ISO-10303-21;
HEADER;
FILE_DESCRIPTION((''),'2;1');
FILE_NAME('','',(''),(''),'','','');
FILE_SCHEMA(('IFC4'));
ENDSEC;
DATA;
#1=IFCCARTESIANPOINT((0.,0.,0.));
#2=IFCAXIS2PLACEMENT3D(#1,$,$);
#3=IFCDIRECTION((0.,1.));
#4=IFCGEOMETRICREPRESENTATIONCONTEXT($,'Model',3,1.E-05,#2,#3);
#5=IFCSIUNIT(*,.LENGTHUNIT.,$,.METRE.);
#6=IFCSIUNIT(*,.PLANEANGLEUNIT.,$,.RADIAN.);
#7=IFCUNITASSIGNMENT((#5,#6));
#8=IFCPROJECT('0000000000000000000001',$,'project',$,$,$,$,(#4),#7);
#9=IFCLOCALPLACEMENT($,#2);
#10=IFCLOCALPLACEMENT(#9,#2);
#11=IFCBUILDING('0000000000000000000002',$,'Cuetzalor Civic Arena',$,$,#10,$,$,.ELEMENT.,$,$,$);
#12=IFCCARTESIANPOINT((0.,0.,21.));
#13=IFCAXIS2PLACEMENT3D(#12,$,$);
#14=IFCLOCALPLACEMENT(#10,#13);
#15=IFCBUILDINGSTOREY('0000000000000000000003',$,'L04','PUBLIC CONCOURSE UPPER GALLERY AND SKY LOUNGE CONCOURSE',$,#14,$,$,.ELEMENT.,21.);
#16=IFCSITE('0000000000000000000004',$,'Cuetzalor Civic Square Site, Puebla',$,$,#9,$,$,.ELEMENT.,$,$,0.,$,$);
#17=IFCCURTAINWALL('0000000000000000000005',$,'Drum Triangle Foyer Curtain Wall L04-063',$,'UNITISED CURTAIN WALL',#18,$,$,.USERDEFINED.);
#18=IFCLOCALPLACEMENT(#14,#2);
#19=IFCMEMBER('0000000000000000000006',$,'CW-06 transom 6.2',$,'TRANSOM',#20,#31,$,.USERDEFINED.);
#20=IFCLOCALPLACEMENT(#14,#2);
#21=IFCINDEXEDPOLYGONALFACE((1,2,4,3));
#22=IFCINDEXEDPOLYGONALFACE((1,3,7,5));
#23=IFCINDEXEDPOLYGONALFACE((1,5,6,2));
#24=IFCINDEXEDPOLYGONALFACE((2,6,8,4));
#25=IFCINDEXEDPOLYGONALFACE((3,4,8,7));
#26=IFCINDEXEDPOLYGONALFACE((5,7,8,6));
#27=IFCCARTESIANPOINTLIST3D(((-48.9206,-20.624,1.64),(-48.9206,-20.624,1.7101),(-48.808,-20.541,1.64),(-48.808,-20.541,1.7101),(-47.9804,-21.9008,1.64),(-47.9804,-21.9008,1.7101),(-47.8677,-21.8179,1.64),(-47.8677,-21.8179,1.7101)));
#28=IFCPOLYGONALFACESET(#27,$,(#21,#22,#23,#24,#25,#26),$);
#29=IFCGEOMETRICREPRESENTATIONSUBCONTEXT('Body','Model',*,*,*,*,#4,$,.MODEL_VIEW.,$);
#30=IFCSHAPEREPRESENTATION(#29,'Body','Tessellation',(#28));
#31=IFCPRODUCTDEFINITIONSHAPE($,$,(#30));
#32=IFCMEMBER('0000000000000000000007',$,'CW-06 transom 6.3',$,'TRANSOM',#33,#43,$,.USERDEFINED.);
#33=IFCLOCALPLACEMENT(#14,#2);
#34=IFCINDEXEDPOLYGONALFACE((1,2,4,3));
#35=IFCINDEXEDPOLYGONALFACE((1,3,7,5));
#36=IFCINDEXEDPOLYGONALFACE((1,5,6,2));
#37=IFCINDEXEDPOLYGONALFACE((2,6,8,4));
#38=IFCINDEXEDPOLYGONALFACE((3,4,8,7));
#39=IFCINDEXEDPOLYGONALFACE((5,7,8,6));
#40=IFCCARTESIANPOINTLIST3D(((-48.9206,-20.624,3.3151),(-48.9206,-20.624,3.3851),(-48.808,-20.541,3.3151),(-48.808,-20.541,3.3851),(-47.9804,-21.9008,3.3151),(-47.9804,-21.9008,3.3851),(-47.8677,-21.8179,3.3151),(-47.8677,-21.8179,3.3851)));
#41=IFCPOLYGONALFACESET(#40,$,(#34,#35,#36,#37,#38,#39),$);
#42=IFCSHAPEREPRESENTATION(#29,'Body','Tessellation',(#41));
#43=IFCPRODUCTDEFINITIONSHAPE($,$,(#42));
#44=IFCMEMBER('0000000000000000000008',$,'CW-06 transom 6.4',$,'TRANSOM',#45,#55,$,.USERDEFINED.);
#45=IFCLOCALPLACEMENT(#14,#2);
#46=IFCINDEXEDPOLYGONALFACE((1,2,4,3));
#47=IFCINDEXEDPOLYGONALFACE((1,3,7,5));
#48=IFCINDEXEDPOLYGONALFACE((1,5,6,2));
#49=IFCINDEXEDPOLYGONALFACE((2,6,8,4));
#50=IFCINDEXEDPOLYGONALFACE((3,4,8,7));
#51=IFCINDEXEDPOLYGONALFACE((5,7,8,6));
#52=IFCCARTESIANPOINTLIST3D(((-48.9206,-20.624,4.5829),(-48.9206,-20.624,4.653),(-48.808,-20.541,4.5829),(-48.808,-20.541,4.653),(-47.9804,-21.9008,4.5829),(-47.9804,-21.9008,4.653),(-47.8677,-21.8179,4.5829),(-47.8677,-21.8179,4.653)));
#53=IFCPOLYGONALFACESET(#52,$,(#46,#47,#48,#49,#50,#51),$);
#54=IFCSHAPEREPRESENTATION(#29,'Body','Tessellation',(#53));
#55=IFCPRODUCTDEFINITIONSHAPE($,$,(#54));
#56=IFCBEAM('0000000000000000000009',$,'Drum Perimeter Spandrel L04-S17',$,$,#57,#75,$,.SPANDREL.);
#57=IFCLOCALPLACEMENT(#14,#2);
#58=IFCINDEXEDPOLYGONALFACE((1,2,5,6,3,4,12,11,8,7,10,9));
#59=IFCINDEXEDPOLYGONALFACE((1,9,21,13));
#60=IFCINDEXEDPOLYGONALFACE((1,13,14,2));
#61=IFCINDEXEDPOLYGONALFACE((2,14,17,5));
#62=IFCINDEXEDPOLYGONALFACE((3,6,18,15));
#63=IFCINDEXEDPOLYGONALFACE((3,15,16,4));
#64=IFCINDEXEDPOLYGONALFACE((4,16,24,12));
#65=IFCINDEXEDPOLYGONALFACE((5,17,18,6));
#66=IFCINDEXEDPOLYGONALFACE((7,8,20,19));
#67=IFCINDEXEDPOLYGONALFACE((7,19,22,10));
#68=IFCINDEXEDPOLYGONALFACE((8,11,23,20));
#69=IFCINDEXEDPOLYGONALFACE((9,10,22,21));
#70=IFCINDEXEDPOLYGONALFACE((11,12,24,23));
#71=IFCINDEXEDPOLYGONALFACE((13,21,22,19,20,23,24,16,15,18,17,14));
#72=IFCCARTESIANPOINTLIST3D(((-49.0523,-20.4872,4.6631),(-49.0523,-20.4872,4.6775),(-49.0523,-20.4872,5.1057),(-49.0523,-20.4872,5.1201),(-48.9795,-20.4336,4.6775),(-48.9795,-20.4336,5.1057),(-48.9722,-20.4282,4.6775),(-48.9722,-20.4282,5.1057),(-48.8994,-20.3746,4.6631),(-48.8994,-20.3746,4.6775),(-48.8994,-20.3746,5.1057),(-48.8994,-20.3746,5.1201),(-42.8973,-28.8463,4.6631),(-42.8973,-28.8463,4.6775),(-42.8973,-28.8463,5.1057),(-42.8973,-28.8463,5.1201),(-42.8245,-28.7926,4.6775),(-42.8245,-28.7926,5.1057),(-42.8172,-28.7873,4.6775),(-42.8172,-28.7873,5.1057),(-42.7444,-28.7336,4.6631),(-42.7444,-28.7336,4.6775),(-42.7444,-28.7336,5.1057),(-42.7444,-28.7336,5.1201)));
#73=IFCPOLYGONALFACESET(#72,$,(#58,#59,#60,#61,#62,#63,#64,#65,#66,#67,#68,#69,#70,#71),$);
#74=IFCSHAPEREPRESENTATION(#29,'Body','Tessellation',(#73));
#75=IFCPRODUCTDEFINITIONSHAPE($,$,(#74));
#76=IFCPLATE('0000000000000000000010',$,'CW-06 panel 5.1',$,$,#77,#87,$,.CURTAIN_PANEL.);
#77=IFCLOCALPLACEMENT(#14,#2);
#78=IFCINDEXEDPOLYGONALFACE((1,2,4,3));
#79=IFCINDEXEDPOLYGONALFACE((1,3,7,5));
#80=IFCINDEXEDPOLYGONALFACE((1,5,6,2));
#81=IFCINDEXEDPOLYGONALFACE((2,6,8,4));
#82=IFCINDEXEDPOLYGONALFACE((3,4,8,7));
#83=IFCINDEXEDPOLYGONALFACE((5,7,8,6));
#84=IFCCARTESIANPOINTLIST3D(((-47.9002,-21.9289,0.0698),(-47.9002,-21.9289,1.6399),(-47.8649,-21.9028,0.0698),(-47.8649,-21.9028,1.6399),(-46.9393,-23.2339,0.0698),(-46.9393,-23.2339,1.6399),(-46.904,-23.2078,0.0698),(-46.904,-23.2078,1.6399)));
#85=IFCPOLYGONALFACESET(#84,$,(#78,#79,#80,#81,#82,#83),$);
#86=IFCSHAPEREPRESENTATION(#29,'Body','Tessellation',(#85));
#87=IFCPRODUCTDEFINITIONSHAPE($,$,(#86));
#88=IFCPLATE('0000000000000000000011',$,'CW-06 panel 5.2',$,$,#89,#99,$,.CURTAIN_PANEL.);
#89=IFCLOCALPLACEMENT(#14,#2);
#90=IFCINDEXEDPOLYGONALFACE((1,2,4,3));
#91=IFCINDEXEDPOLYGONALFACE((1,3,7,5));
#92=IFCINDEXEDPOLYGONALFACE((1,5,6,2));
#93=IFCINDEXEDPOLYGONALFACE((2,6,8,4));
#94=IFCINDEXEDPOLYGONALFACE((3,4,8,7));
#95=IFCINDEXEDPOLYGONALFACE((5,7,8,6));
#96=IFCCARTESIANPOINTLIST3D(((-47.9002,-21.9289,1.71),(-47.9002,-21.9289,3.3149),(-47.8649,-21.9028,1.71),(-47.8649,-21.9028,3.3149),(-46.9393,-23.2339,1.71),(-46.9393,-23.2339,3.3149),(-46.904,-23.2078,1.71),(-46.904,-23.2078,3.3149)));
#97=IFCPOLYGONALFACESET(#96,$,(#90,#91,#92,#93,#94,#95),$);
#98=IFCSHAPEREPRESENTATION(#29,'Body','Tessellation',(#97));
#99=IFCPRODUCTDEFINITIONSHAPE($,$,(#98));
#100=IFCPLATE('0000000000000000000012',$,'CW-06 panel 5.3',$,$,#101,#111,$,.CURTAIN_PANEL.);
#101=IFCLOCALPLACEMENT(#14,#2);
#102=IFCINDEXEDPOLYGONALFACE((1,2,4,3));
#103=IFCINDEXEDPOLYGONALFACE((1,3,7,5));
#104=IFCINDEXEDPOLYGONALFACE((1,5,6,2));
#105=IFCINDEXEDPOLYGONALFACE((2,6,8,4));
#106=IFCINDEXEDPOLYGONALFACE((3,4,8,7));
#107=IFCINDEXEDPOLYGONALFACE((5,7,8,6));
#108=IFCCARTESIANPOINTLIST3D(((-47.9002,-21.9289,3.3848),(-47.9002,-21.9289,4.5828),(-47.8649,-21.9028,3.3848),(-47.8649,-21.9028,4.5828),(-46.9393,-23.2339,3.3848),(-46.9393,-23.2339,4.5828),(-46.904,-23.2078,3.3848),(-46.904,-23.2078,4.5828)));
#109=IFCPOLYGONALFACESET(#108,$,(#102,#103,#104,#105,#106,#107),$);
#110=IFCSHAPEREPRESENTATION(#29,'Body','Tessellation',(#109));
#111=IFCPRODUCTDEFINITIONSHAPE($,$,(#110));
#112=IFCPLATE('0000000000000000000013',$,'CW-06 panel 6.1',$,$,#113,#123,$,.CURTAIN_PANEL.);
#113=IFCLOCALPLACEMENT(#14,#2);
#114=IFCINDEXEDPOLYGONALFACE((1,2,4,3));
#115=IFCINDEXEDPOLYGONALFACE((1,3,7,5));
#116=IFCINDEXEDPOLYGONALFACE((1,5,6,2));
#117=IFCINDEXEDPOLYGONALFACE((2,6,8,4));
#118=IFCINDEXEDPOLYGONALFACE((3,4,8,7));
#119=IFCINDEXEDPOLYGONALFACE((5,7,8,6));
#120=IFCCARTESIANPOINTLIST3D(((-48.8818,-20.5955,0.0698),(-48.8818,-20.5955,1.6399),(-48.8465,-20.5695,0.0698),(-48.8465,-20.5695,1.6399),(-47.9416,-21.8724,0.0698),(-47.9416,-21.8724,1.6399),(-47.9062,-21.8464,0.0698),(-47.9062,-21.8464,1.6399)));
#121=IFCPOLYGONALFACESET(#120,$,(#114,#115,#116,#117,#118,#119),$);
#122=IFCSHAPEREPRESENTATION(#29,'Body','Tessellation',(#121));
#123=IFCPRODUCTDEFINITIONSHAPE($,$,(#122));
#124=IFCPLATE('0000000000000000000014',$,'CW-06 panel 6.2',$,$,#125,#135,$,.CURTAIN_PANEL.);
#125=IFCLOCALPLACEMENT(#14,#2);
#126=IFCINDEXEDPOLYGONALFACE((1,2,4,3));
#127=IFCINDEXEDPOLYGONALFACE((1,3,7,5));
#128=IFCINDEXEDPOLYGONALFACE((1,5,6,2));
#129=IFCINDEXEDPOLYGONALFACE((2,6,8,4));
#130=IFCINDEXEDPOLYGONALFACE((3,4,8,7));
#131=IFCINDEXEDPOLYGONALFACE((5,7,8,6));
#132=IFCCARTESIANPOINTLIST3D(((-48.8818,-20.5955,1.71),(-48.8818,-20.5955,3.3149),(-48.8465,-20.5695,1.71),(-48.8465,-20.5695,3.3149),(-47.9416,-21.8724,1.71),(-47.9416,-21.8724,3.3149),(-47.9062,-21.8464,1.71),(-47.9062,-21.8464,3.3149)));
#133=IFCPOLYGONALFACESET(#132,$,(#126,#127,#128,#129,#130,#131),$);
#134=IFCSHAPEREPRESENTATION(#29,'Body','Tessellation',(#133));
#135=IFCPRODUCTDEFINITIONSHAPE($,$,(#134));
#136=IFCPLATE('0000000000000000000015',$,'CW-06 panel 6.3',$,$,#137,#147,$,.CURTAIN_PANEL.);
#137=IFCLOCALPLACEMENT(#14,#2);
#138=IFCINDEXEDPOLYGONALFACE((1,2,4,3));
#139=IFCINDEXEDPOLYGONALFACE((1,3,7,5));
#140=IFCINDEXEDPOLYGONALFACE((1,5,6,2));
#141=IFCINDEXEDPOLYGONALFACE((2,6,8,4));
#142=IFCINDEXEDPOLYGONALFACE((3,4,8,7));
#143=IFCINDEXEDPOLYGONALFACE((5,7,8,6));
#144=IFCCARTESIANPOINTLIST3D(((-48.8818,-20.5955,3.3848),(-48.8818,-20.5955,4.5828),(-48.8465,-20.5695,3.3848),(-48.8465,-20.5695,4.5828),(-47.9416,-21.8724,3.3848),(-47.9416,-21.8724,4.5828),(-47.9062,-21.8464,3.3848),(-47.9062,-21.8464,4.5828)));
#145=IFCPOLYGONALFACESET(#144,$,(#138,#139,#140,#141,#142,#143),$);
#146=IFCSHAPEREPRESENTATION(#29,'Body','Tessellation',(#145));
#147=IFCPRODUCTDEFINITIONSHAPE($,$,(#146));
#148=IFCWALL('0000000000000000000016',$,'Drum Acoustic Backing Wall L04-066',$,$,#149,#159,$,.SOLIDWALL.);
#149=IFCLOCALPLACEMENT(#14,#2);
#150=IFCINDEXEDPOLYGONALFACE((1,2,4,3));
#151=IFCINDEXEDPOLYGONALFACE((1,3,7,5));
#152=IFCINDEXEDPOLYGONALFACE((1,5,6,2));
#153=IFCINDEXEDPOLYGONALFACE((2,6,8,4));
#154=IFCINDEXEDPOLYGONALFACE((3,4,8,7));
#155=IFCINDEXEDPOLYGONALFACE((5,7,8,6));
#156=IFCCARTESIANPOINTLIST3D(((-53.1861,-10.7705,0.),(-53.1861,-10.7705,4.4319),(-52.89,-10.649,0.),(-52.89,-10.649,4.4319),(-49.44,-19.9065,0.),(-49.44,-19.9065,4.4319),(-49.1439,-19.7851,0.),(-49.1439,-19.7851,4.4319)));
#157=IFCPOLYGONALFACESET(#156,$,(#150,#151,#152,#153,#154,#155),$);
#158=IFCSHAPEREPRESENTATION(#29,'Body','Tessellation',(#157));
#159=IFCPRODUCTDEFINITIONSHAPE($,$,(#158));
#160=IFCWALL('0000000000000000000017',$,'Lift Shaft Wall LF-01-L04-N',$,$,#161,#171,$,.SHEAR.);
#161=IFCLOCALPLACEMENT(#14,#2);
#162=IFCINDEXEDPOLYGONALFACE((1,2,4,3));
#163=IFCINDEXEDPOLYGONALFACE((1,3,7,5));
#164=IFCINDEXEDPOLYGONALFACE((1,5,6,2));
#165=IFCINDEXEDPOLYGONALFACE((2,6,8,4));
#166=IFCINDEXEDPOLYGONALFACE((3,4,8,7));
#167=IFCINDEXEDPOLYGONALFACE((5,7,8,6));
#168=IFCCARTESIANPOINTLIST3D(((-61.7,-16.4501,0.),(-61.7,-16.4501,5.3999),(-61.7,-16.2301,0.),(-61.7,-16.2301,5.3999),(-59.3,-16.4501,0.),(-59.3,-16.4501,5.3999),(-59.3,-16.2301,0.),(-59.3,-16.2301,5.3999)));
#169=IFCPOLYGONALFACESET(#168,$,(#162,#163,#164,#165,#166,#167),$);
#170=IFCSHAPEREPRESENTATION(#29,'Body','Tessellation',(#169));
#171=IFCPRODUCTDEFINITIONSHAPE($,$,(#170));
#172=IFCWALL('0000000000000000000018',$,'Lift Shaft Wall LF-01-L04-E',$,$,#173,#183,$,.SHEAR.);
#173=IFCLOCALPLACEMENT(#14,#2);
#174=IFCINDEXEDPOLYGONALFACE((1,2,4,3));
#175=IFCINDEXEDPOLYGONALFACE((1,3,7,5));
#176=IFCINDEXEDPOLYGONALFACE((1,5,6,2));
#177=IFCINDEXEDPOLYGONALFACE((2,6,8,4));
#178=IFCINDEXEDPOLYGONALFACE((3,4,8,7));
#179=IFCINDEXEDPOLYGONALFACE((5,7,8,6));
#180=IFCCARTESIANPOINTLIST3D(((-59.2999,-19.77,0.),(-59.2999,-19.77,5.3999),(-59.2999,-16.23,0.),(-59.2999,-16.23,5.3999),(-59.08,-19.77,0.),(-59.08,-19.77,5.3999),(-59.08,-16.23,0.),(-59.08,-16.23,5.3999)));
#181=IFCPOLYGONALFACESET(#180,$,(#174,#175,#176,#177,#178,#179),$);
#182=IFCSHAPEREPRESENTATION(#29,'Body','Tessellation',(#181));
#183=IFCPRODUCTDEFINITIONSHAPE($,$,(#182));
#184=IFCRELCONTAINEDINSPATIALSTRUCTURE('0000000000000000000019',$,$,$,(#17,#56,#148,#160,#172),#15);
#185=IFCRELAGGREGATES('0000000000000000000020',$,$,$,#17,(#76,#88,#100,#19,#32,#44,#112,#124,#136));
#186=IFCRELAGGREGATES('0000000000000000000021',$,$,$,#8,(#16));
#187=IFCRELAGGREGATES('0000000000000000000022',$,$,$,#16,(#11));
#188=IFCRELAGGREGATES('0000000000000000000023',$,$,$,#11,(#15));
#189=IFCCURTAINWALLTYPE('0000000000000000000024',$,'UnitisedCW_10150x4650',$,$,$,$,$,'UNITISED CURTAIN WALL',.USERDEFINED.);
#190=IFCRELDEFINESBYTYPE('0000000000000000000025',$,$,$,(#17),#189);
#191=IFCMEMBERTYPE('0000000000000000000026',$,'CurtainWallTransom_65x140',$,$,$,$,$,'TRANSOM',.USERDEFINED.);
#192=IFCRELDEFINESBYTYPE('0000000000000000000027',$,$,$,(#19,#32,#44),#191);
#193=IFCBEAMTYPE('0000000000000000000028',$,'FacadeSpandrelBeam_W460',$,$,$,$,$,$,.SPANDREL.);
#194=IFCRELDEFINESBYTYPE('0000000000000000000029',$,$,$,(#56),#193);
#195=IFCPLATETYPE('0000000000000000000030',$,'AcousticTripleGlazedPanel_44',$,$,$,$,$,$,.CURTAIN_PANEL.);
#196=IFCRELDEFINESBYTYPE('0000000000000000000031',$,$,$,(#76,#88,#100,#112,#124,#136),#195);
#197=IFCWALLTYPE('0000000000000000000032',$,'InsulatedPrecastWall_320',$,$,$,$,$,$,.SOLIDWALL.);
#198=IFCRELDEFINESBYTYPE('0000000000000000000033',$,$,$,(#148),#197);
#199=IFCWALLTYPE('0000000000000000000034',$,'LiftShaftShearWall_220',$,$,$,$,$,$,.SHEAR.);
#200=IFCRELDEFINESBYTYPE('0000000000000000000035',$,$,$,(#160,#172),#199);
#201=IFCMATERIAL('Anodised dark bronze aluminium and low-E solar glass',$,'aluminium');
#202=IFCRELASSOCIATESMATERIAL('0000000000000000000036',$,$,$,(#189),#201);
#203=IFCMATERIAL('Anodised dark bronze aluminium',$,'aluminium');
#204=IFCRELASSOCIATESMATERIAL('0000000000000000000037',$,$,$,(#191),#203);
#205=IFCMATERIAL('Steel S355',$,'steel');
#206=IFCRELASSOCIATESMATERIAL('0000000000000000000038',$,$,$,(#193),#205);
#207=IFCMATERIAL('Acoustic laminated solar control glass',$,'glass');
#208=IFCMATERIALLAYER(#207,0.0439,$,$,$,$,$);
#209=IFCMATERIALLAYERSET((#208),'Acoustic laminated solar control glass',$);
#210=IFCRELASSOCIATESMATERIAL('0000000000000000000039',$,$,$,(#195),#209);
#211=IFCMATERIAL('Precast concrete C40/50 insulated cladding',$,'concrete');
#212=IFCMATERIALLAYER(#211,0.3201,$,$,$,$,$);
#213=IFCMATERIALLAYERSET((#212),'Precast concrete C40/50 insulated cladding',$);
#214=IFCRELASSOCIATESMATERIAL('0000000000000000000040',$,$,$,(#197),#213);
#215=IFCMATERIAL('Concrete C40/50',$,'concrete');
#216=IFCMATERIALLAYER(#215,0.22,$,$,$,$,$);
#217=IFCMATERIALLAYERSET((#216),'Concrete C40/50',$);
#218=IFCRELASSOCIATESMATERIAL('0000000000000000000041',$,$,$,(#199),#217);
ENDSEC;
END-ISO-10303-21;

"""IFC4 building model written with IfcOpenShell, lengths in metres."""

from ifc_helpers import new_model, si_unit, direction, frame, frame_2d, origin, origin_2d, place, context, subcontext, project, spatial, rectangle, i_section, extrude, material, layer, layer_set, material_profile, profile_set, type_object, element, aggregate, save


model = new_model("IFC4")

# Units and contexts
model_context = context("Model", 3, precision=1e-05, world=origin(), true_north=direction((0.0, 1.0)))
body_context = subcontext(model_context, "Body", "Model", "MODEL_VIEW")
ifc_project = project(units=[si_unit("LENGTHUNIT", "METRE"), si_unit("PLANEANGLEUNIT", "RADIAN")], contexts=[model_context])

# Site, building, storey
site_placement = place(None, origin())
site = spatial("IfcSite", under=ifc_project, at=site_placement, Name="Cuetzalor Civic Square Site, Puebla", CompositionType="ELEMENT", RefElevation=0.0)
building_placement = place(site_placement, origin())
building = spatial("IfcBuilding", under=site, at=building_placement, Name="Cuetzalor Civic Arena", CompositionType="ELEMENT")
storey_placement = place(building_placement, frame((0.0, 0.0, 21.0)))
storey = spatial("IfcBuildingStorey", under=building, at=storey_placement, Name="L04", Description="PUBLIC CONCOURSE UPPER GALLERY AND SKY LOUNGE CONCOURSE", CompositionType="ELEMENT", Elevation=21.0)

# Curtain wall, members
ifc_material_1 = material(Name="Anodised dark bronze aluminium and low-E solar glass", Category="aluminium")
curtain_wall_type = type_object("IfcCurtainWallType", Name="UnitisedCW_10150x4650", ElementType="UNITISED CURTAIN WALL", PredefinedType="USERDEFINED", material=ifc_material_1)
curtain_wall_placement = place(storey_placement, origin())
curtain_wall = element("IfcCurtainWall", 1, at=curtain_wall_placement, inside=storey, type_object=curtain_wall_type, Name="Drum Triangle Foyer Curtain Wall L04-063", ObjectType="UNITISED CURTAIN WALL", PredefinedType="USERDEFINED")
ifc_material_2 = material(Name="Anodised dark bronze aluminium", Category="aluminium")
ifc_material_profile_1 = material_profile(ifc_material_2, rectangle(XDim=0.1399, YDim=0.0701, at=origin_2d()), Name="ALU TRANSOM 70x140")
ifc_profile_set_1 = profile_set([ifc_material_profile_1], Name="Anodised dark bronze aluminium")
member_type_1 = type_object("IfcMemberType", Name="CurtainWallTransom_65x140", ElementType="TRANSOM", PredefinedType="USERDEFINED", material=ifc_profile_set_1)
member_1_placement = place(storey_placement, frame((-47.9241, -21.8594, 1.675), z_axis=(-0.592931, 0.805253, 0.0), x_axis=(-0.805253, -0.592931, 0.0)))
member_1 = element("IfcMember", 2, at=member_1_placement, type_object=member_type_1, Name="CW-06 transom 6.2", ObjectType="TRANSOM", PredefinedType="USERDEFINED", context=body_context, shape_type="SweptSolid", body=[
    extrude(rectangle(XDim=0.1399, YDim=0.0701, at=origin_2d()), origin(), (0.0, 0.0, 1.0), 1.5857),
])
member_2_placement = place(storey_placement, frame((-47.9241, -21.8594, 3.3501), z_axis=(-0.592931, 0.805253, 0.0), x_axis=(-0.805253, -0.592931, 0.0)))
member_2 = element("IfcMember", 3, at=member_2_placement, type_object=member_type_1, Name="CW-06 transom 6.3", ObjectType="TRANSOM", PredefinedType="USERDEFINED", context=body_context, shape_type="SweptSolid", body=[
    extrude(rectangle(XDim=0.1399, YDim=0.0701, at=origin_2d()), origin(), (0.0, 0.0, 1.0), 1.5857),
])
member_3_placement = place(storey_placement, frame((-47.9241, -21.8594, 4.6179), z_axis=(-0.592931, 0.805253, 0.0), x_axis=(-0.805253, -0.592931, 0.0)))
member_3 = element("IfcMember", 4, at=member_3_placement, type_object=member_type_1, Name="CW-06 transom 6.4", ObjectType="TRANSOM", PredefinedType="USERDEFINED", context=body_context, shape_type="SweptSolid", body=[
    extrude(rectangle(XDim=0.1399, YDim=0.0701, at=origin_2d()), origin(), (0.0, 0.0, 1.0), 1.5857),
])

# Beam
ifc_material_3 = material(Name="Steel S355", Category="steel")
ifc_material_profile_2 = material_profile(ifc_material_3, i_section(OverallWidth=0.1899, OverallDepth=0.457, WebThickness=0.009, FlangeThickness=0.0144, at=origin_2d()), Name="W460x74")
ifc_profile_set_2 = profile_set([ifc_material_profile_2], Name="Steel S355")
beam_type_1 = type_object("IfcBeamType", Name="FacadeSpandrelBeam_W460", PredefinedType="SPANDREL", material=ifc_profile_set_2)
beam_1_placement = place(storey_placement, frame((-48.9758, -20.4309, 4.8916), z_axis=(0.592929, -0.805255, 0.0), x_axis=(0.805255, 0.592929, 0.0)))
element("IfcBeam", 5, at=beam_1_placement, inside=storey, type_object=beam_type_1, Name="Drum Perimeter Spandrel L04-S17", PredefinedType="SPANDREL", context=body_context, shape_type="SweptSolid", body=[
    extrude(i_section(OverallWidth=0.1899, OverallDepth=0.457, WebThickness=0.009, FlangeThickness=0.0144, at=origin_2d()), origin(), (0.0, 0.0, 1.0), 10.3806),
])

# Plates
ifc_material_4 = material(Name="Acoustic laminated solar control glass", Category="glass")
ifc_layer_1 = layer(ifc_material_4, 0.0439)
ifc_layer_set_1 = layer_set([ifc_layer_1], Name="Acoustic laminated solar control glass")
plate_type = type_object("IfcPlateType", Name="AcousticTripleGlazedPanel_44", PredefinedType="CURTAIN_PANEL", material=ifc_layer_set_1)
plate_1_placement = place(storey_placement, frame((-47.4021, -22.5684, 0.0698), z_axis=(0.0, 0.0, 1.0), x_axis=(-0.592929, 0.805255, 0.0)))
plate_1 = element("IfcPlate", 6, at=plate_1_placement, type_object=plate_type, Name="CW-06 panel 5.1", PredefinedType="CURTAIN_PANEL", context=body_context, shape_type="SweptSolid", body=[
    extrude(rectangle(XDim=1.6206, YDim=0.0439, at=origin_2d()), origin(), (0.0, 0.0, 1.0), 1.5701),
])
plate_2_placement = place(storey_placement, frame((-47.4021, -22.5684, 1.71), z_axis=(0.0, 0.0, 1.0), x_axis=(-0.592929, 0.805255, 0.0)))
plate_2 = element("IfcPlate", 7, at=plate_2_placement, type_object=plate_type, Name="CW-06 panel 5.2", PredefinedType="CURTAIN_PANEL", context=body_context, shape_type="SweptSolid", body=[
    extrude(rectangle(XDim=1.6206, YDim=0.0439, at=origin_2d()), origin(), (0.0, 0.0, 1.0), 1.605),
])
plate_3_placement = place(storey_placement, frame((-47.4021, -22.5684, 3.3848), z_axis=(0.0, 0.0, 1.0), x_axis=(-0.592929, 0.805255, 0.0)))
plate_3 = element("IfcPlate", 8, at=plate_3_placement, type_object=plate_type, Name="CW-06 panel 5.3", PredefinedType="CURTAIN_PANEL", context=body_context, shape_type="SweptSolid", body=[
    extrude(rectangle(XDim=1.6206, YDim=0.0439, at=origin_2d()), origin(), (0.0, 0.0, 1.0), 1.198),
])
plate_4_placement = place(storey_placement, frame((-48.394, -21.2209, 0.0698), z_axis=(0.0, 0.0, 1.0), x_axis=(-0.592929, 0.805255, 0.0)))
plate_4 = element("IfcPlate", 9, at=plate_4_placement, type_object=plate_type, Name="CW-06 panel 6.1", PredefinedType="CURTAIN_PANEL", context=body_context, shape_type="SweptSolid", body=[
    extrude(rectangle(XDim=1.5857, YDim=0.0439, at=origin_2d()), origin(), (0.0, 0.0, 1.0), 1.5701),
])
plate_5_placement = place(storey_placement, frame((-48.394, -21.2209, 1.71), z_axis=(0.0, 0.0, 1.0), x_axis=(-0.592929, 0.805255, 0.0)))
plate_5 = element("IfcPlate", 10, at=plate_5_placement, type_object=plate_type, Name="CW-06 panel 6.2", PredefinedType="CURTAIN_PANEL", context=body_context, shape_type="SweptSolid", body=[
    extrude(rectangle(XDim=1.5857, YDim=0.0439, at=origin_2d()), origin(), (0.0, 0.0, 1.0), 1.605),
])
plate_6_placement = place(storey_placement, frame((-48.394, -21.2209, 3.3848), z_axis=(0.0, 0.0, 1.0), x_axis=(-0.592929, 0.805255, 0.0)))
plate_6 = element("IfcPlate", 11, at=plate_6_placement, type_object=plate_type, Name="CW-06 panel 6.3", PredefinedType="CURTAIN_PANEL", context=body_context, shape_type="SweptSolid", body=[
    extrude(rectangle(XDim=1.5857, YDim=0.0439, at=origin_2d()), origin(), (0.0, 0.0, 1.0), 1.198),
])
aggregate(curtain_wall, [plate_1, plate_2, plate_3, member_1, member_2, member_3, plate_4, plate_5, plate_6])

# Walls
ifc_material_5 = material(Name="Precast concrete C40/50 insulated cladding", Category="concrete")
ifc_layer_2 = layer(ifc_material_5, 0.3201)
ifc_layer_set_2 = layer_set([ifc_layer_2], Name="Precast concrete C40/50 insulated cladding")
wall_type_1 = type_object("IfcWallType", Name="InsulatedPrecastWall_320", PredefinedType="SOLIDWALL", material=ifc_layer_set_2)
wall_1_placement = place(storey_placement, frame((-49.292, -19.8457, 0.0), z_axis=(0.0, 0.0, 1.0), x_axis=(-0.379383, 0.92524, 0.0)))
element("IfcWall", 12, at=wall_1_placement, inside=storey, type_object=wall_type_1, Name="Drum Acoustic Backing Wall L04-066", PredefinedType="SOLIDWALL", context=body_context, shape_type="SweptSolid", body=[
    extrude(rectangle(XDim=9.8743, YDim=0.3201, at=frame_2d((4.937, 0.0))), origin(), (0.0, 0.0, 1.0), 4.4319),
])
ifc_material_6 = material(Name="Concrete C40/50", Category="concrete")
ifc_layer_3 = layer(ifc_material_6, 0.22)
ifc_layer_set_3 = layer_set([ifc_layer_3], Name="Concrete C40/50")
wall_type_2 = type_object("IfcWallType", Name="LiftShaftShearWall_220", PredefinedType="SHEAR", material=ifc_layer_set_3)
wall_2_placement = place(storey_placement, frame((-61.7, -16.3401, 0.0), z_axis=(0.0, 0.0, 1.0), x_axis=(1.0, 0.0, 0.0)))
element("IfcWall", 13, at=wall_2_placement, inside=storey, type_object=wall_type_2, Name="Lift Shaft Wall LF-01-L04-N", PredefinedType="SHEAR", context=body_context, shape_type="SweptSolid", body=[
    extrude(rectangle(XDim=2.3999, YDim=0.22, at=frame_2d((1.2, 0.0))), origin(), (0.0, 0.0, 1.0), 5.3999),
])
wall_3_placement = place(storey_placement, frame((-59.1899, -16.23, 0.0), z_axis=(0.0, 0.0, 1.0), x_axis=(0.0, -1.0, 0.0)))
element("IfcWall", 14, at=wall_3_placement, inside=storey, type_object=wall_type_2, Name="Lift Shaft Wall LF-01-L04-E", PredefinedType="SHEAR", context=body_context, shape_type="SweptSolid", body=[
    extrude(rectangle(XDim=3.54, YDim=0.22, at=frame_2d((1.77, 0.0))), origin(), (0.0, 0.0, 1.0), 5.3999),
])

save(model, "model.ifc")
